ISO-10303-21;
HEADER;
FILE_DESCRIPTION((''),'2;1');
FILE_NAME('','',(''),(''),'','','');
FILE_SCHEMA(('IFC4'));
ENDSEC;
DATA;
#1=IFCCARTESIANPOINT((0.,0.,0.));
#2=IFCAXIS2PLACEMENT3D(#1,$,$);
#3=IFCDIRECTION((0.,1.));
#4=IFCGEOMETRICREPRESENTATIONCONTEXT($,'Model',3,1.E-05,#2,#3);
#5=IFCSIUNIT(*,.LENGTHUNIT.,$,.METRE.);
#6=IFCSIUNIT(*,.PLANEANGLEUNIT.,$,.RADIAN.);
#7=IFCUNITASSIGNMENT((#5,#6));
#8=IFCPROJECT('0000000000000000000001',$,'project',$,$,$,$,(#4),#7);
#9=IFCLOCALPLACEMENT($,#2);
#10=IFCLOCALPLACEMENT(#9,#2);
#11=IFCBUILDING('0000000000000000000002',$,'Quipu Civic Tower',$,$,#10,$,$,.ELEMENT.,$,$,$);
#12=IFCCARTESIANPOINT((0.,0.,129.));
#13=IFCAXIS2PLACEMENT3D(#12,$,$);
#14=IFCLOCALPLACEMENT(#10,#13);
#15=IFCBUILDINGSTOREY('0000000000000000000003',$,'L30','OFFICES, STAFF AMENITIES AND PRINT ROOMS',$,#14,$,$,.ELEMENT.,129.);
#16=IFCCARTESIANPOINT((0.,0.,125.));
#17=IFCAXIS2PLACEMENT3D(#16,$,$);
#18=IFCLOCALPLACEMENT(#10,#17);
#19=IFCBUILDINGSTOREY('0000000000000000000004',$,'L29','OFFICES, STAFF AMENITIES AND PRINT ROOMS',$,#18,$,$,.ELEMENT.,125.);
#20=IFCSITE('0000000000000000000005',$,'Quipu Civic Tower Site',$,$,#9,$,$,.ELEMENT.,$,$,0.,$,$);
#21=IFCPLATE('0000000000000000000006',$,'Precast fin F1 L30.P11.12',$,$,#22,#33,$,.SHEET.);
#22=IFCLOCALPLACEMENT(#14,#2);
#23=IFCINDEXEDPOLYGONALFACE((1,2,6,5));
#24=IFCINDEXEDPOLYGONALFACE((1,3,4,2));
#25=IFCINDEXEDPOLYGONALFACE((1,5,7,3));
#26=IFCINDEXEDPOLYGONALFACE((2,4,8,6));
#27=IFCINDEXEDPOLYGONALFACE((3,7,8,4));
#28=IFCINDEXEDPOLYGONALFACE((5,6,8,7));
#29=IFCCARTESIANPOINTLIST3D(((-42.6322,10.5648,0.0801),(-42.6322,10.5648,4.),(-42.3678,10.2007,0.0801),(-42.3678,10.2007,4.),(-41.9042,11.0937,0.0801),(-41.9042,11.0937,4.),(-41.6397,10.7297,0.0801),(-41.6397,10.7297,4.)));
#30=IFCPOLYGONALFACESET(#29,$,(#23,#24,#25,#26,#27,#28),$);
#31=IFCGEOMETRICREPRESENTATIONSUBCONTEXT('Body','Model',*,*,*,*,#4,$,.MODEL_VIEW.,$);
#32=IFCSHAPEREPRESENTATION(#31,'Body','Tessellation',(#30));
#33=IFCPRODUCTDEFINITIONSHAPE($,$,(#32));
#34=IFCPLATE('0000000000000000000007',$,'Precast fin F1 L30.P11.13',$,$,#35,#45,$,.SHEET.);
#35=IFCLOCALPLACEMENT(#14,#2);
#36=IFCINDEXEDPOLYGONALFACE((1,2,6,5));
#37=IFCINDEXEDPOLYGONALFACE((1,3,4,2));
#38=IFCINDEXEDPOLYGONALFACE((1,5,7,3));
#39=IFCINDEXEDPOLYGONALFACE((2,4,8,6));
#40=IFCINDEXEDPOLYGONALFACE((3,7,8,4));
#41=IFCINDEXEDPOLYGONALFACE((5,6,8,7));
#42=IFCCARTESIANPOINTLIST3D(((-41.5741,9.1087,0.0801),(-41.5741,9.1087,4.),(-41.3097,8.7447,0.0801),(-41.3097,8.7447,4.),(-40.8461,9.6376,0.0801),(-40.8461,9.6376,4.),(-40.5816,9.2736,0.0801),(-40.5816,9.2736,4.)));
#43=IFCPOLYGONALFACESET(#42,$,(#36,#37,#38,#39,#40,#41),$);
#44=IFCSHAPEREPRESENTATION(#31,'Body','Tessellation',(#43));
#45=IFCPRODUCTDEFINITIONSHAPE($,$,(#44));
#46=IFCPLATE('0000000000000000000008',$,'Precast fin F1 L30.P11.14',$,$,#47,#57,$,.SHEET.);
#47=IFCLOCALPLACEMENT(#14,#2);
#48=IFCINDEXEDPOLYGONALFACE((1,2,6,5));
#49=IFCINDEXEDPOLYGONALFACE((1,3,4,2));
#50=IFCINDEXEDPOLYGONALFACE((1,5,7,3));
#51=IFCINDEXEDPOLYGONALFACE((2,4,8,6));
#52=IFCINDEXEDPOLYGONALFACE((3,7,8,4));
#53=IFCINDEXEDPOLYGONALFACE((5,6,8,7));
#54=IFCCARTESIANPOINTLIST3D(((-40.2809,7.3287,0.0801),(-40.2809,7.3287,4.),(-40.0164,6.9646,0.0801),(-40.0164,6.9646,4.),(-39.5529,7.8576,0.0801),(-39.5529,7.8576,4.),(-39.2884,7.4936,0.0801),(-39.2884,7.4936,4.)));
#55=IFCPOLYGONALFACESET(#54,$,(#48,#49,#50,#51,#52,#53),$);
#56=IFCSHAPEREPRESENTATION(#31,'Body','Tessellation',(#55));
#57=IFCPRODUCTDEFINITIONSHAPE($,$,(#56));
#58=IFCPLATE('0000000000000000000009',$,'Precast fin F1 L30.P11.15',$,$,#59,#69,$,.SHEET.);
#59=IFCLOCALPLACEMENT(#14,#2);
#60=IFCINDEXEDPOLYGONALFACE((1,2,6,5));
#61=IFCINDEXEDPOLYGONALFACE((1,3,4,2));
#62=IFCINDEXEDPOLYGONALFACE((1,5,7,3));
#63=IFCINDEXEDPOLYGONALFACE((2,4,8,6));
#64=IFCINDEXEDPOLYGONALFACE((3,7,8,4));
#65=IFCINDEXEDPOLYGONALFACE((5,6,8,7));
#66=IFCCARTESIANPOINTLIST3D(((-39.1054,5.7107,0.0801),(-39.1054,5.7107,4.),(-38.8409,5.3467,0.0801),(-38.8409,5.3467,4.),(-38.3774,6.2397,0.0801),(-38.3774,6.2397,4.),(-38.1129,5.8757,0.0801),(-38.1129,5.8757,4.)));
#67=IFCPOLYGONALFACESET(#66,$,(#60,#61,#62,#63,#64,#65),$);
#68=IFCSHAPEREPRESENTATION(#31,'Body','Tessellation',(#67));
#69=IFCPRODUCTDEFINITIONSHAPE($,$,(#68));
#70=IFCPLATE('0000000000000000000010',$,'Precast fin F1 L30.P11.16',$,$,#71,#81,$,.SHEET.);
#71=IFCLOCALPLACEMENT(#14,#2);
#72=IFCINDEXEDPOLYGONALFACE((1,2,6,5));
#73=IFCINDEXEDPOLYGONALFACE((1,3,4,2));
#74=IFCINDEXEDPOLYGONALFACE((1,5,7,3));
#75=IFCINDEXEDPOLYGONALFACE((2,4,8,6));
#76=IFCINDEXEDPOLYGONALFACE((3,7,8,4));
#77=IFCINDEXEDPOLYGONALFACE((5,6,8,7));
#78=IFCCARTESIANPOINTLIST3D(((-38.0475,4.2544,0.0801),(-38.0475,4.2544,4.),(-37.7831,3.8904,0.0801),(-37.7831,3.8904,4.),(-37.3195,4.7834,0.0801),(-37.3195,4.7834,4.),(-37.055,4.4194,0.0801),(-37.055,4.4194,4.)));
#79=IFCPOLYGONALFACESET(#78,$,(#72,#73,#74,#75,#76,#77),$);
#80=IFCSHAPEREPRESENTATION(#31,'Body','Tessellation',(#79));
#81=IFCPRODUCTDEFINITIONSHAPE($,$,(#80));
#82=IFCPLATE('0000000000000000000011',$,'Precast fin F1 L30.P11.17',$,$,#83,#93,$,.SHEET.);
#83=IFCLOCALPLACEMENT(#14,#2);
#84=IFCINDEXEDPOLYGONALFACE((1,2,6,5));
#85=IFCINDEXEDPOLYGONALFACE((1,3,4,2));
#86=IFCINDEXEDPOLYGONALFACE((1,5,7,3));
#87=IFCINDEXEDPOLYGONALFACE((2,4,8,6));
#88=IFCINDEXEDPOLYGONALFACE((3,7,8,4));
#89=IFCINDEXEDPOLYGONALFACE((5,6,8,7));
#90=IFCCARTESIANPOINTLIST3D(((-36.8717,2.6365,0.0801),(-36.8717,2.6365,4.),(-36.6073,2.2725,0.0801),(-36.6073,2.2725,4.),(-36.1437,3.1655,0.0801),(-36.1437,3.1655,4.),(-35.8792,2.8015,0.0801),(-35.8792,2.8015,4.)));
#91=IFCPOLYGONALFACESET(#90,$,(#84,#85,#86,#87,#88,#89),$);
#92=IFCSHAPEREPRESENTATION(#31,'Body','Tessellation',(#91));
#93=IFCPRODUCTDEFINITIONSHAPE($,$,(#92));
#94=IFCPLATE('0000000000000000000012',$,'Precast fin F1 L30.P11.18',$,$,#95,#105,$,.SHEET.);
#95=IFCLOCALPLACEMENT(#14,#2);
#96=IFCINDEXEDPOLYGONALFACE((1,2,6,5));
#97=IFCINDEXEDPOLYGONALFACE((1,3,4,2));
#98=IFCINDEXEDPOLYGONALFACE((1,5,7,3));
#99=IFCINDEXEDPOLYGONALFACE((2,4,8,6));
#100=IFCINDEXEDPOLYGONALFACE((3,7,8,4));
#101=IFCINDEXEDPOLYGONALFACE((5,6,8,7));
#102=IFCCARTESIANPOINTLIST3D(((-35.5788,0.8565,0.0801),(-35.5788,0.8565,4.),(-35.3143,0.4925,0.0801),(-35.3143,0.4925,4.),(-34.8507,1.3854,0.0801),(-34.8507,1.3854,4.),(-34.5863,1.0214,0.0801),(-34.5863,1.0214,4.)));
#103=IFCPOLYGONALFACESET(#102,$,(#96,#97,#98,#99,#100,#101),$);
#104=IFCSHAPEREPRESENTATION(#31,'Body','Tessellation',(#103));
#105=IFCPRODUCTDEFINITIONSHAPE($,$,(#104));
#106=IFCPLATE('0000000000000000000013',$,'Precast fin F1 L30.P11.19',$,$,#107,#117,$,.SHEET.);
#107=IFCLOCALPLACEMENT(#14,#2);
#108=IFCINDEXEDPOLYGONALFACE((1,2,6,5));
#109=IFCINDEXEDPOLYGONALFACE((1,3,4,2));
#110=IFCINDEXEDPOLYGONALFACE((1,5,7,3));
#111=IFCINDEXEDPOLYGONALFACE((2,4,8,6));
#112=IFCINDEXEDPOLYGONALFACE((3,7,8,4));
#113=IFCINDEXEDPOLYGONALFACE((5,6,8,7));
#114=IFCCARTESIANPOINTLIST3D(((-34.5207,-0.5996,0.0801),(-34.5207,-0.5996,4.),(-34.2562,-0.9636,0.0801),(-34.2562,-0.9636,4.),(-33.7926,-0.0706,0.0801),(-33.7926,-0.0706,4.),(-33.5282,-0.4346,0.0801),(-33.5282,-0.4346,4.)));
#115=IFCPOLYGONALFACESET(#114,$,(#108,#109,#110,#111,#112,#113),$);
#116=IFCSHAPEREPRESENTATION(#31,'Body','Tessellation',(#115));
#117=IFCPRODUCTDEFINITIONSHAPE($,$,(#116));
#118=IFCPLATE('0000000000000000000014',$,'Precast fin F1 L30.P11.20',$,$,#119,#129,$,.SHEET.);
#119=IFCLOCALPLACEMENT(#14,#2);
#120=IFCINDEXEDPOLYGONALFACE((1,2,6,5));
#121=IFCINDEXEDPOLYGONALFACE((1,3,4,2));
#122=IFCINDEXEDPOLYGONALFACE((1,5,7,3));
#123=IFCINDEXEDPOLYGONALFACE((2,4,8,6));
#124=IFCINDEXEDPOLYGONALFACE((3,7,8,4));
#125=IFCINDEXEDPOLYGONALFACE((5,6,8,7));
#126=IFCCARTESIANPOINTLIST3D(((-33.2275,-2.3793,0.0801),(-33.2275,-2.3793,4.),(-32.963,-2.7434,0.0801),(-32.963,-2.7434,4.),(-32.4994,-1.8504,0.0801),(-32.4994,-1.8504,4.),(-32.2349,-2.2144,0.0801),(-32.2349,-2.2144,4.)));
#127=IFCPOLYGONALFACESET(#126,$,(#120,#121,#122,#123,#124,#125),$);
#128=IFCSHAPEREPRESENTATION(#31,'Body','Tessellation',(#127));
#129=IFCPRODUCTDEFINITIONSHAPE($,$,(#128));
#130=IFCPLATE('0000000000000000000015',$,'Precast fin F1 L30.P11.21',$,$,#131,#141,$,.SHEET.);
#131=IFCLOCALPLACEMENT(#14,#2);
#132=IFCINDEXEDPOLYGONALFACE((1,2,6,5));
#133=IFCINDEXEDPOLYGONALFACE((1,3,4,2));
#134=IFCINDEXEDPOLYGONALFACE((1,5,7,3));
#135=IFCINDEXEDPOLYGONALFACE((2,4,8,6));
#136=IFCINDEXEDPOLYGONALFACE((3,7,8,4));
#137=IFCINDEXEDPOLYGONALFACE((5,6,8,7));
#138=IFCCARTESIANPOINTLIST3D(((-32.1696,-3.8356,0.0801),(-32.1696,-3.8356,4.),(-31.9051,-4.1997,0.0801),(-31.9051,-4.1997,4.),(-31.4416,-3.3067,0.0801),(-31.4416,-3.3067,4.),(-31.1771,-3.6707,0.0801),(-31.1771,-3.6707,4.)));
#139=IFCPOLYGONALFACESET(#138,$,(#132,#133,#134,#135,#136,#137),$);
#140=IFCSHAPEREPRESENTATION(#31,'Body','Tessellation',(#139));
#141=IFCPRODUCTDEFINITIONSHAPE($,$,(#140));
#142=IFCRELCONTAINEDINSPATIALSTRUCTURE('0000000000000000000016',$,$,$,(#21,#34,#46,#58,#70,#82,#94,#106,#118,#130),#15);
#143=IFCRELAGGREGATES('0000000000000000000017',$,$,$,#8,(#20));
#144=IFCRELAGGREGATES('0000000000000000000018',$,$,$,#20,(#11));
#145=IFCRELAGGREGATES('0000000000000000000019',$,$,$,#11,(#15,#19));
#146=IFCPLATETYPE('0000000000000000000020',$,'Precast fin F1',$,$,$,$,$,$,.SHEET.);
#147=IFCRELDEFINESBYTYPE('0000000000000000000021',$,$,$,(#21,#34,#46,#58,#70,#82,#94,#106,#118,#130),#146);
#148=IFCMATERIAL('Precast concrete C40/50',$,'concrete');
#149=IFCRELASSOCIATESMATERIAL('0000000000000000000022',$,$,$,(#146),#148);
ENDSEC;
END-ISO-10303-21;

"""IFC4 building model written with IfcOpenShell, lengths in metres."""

from ifc_helpers import new_model, si_unit, direction, frame, origin, origin_2d, place, context, subcontext, project, spatial, rectangle, extrude, material, type_object, element, save


model = new_model("IFC4")

# Units and contexts
model_context = context("Model", 3, precision=1e-05, world=origin(), true_north=direction((0.0, 1.0)))
body_context = subcontext(model_context, "Body", "Model", "MODEL_VIEW")
ifc_project = project(units=[si_unit("LENGTHUNIT", "METRE"), si_unit("PLANEANGLEUNIT", "RADIAN")], contexts=[model_context])

# Site, building, storey
site_placement = place(None, origin())
site = spatial("IfcSite", under=ifc_project, at=site_placement, Name="Quipu Civic Tower Site", CompositionType="ELEMENT", RefElevation=0.0)
building_placement = place(site_placement, origin())
building = spatial("IfcBuilding", under=site, at=building_placement, Name="Quipu Civic Tower", CompositionType="ELEMENT")
storey_1_placement = place(building_placement, frame((0.0, 0.0, 129.0)))
storey_1 = spatial("IfcBuildingStorey", under=building, at=storey_1_placement, Name="L30", Description="OFFICES, STAFF AMENITIES AND PRINT ROOMS", CompositionType="ELEMENT", Elevation=129.0)

# Shared definitions
storey_2_placement = place(building_placement, frame((0.0, 0.0, 125.0)))
storey_2 = spatial("IfcBuildingStorey", under=building, at=storey_2_placement, Name="L29", Description="OFFICES, STAFF AMENITIES AND PRINT ROOMS", CompositionType="ELEMENT", Elevation=125.0)

# Plates
ifc_material_1 = material(Name="Precast concrete C40/50", Category="concrete")
plate_type_1 = type_object("IfcPlateType", Name="Precast fin F1", PredefinedType="SHEET", material=ifc_material_1)
for number, where, z_axis, x_axis, name in (
    (1, (-42.136, 10.6472, 0.0801), (0.0, 0.0, 1.0), (0.587786, -0.809017, 0.0), "Precast fin F1 L30.P11.12"),
    (2, (-41.0779, 9.1912, 0.0801), (0.0, 0.0, 1.0), (0.587786, -0.809017, 0.0), "Precast fin F1 L30.P11.13"),
    (3, (-39.7847, 7.4111, 0.0801), (0.0, 0.0, 1.0), (0.587786, -0.809017, 0.0), "Precast fin F1 L30.P11.14"),
    (4, (-38.6091, 5.7932, 0.0801), (0.0, 0.0, 1.0), (0.587786, -0.809017, 0.0), "Precast fin F1 L30.P11.15"),
    (5, (-37.5513, 4.3369, 0.0801), (0.0, 0.0, 1.0), (0.587786, -0.809017, 0.0), "Precast fin F1 L30.P11.16"),
    (6, (-36.3755, 2.719, 0.0801), (0.0, 0.0, 1.0), (0.587786, -0.809017, 0.0), "Precast fin F1 L30.P11.17"),
    (7, (-35.0825, 0.939, 0.0801), (0.0, 0.0, 1.0), (0.587786, -0.809017, 0.0), "Precast fin F1 L30.P11.18"),
    (8, (-34.0244, -0.5171, 0.0801), (0.0, 0.0, 1.0), (0.587786, -0.809017, 0.0), "Precast fin F1 L30.P11.19"),
    (9, (-32.7312, -2.2969, 0.0801), (0.0, 0.0, 1.0), (0.587786, -0.809017, 0.0), "Precast fin F1 L30.P11.20"),
    (10, (-31.6733, -3.7532, 0.0801), (0.0, 0.0, 1.0), (0.587786, -0.809017, 0.0), "Precast fin F1 L30.P11.21"),
):
    element("IfcPlate", number, at=place(storey_1_placement, frame(where, z_axis=z_axis, x_axis=x_axis)), inside=storey_1, type_object=plate_type_1, Name=name, PredefinedType="SHEET", context=body_context, shape_type="SweptSolid", body=[
        extrude(rectangle(XDim=0.45, YDim=0.8999, at=origin_2d()), origin(), (0.0, 0.0, 1.0), 3.9199),
    ])

save(model, "model.ifc")
